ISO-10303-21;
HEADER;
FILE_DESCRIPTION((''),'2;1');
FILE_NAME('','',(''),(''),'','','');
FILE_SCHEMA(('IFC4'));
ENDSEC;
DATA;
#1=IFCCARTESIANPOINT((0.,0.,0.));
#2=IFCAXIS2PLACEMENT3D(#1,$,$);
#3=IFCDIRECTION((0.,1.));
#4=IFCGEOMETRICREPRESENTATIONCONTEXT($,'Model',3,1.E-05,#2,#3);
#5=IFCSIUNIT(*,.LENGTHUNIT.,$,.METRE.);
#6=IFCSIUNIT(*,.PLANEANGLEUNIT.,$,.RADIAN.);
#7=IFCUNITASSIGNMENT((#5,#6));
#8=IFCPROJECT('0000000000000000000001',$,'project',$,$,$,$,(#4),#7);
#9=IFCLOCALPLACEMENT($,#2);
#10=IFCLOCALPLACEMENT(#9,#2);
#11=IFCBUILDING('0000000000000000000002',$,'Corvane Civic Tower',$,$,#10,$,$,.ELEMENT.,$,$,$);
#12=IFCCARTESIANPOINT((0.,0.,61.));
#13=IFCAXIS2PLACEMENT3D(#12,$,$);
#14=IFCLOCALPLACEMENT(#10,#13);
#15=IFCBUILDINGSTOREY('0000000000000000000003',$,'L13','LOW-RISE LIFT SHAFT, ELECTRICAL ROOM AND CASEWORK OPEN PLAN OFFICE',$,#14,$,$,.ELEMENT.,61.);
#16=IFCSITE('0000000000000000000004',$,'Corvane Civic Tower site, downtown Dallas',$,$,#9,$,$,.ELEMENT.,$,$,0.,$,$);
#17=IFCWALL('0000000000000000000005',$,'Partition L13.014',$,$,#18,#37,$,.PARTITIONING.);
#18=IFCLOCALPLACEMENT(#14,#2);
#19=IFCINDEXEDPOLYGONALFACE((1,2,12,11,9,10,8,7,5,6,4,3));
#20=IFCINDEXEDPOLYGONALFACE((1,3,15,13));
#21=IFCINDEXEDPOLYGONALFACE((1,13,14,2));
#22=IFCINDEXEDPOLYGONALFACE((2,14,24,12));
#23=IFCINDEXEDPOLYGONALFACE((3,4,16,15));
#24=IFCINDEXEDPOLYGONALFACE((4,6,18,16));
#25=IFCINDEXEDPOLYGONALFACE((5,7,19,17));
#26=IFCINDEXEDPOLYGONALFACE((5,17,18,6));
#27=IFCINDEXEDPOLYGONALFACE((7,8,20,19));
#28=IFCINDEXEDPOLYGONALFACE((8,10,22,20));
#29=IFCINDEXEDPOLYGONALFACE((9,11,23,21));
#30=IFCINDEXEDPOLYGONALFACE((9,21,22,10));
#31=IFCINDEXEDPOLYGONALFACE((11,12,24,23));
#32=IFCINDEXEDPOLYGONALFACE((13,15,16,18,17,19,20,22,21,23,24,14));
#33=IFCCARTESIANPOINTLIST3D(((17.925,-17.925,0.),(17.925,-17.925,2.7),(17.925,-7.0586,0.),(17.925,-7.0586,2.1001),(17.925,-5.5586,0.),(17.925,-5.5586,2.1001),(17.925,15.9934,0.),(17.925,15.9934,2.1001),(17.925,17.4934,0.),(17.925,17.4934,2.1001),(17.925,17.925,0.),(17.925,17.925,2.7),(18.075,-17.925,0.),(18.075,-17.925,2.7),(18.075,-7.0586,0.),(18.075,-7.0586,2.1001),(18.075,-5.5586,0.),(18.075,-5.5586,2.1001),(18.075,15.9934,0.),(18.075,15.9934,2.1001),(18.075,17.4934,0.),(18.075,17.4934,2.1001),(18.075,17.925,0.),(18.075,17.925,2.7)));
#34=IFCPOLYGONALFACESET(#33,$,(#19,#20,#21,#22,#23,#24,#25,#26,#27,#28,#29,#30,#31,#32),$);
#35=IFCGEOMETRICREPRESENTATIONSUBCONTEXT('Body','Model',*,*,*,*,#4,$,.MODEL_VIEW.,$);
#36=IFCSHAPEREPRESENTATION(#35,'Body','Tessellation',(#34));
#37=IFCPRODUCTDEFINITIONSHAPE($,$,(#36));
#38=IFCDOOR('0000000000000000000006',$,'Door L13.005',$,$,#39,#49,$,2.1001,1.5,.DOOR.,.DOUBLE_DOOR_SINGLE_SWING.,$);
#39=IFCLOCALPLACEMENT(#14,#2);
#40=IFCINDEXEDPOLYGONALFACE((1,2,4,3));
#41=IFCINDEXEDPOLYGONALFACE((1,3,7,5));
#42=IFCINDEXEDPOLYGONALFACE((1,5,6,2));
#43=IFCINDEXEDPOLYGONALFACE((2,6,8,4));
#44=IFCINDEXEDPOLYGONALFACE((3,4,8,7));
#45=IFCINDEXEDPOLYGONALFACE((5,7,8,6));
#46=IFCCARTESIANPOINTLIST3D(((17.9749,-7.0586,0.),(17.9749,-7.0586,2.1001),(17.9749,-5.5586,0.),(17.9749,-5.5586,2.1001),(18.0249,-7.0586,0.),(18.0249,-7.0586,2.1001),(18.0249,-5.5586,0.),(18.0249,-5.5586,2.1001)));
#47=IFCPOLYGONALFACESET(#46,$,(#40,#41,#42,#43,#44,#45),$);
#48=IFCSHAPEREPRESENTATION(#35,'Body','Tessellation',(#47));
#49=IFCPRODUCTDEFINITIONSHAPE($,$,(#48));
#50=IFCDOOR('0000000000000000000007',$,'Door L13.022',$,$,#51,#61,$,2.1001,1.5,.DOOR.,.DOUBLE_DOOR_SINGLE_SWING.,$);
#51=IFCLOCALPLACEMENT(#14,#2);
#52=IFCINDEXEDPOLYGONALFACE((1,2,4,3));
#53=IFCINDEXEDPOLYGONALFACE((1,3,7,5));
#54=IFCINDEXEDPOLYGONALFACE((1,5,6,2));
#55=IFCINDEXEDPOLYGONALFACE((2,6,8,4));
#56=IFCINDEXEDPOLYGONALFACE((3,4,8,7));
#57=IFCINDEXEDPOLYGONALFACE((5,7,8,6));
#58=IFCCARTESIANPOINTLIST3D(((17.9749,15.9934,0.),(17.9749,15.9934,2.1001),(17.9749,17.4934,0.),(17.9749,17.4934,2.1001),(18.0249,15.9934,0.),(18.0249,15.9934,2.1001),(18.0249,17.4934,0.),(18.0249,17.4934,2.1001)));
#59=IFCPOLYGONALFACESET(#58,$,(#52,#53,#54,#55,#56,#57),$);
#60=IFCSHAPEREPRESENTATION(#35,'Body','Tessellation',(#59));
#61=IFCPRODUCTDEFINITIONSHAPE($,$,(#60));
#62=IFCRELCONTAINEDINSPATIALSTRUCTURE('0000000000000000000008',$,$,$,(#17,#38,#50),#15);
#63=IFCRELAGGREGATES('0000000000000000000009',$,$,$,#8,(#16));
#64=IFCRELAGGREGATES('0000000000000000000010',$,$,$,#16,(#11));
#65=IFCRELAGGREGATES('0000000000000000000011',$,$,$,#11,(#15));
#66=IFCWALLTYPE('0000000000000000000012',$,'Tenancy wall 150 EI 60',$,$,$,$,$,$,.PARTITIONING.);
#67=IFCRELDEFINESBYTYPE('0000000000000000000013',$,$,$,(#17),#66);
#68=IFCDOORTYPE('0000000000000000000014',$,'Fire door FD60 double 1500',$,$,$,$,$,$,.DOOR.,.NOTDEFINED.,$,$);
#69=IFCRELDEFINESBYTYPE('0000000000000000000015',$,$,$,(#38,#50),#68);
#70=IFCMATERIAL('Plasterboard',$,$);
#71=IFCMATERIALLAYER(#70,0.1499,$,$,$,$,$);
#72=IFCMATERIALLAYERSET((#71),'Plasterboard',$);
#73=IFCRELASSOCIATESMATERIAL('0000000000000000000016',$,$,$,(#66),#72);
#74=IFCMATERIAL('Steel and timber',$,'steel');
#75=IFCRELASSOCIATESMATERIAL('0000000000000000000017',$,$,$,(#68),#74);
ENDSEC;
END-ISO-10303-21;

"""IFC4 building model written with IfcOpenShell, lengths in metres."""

from ifc_helpers import new_model, si_unit, direction, frame, frame_2d, origin, place, context, subcontext, project, spatial, rectangle, extrude, material, layer, layer_set, type_object, element, fill, save


model = new_model("IFC4")

# Units and contexts
model_context = context("Model", 3, precision=1e-05, world=origin(), true_north=direction((0.0, 1.0)))
body_context = subcontext(model_context, "Body", "Model", "MODEL_VIEW")
ifc_project = project(units=[si_unit("LENGTHUNIT", "METRE"), si_unit("PLANEANGLEUNIT", "RADIAN")], contexts=[model_context])

# Site, building, storey
site_placement = place(None, origin())
site = spatial("IfcSite", under=ifc_project, at=site_placement, Name="Corvane Civic Tower site, downtown Dallas", CompositionType="ELEMENT", RefElevation=0.0)
building_placement = place(site_placement, origin())
building = spatial("IfcBuilding", under=site, at=building_placement, Name="Corvane Civic Tower", CompositionType="ELEMENT")
storey_placement = place(building_placement, frame((0.0, 0.0, 61.0)))
storey = spatial("IfcBuildingStorey", under=building, at=storey_placement, Name="L13", Description="LOW-RISE LIFT SHAFT, ELECTRICAL ROOM AND CASEWORK OPEN PLAN OFFICE", CompositionType="ELEMENT", Elevation=61.0)

# Wall, openings, doors
ifc_material_1 = material(Name="Plasterboard")
ifc_layer_1 = layer(ifc_material_1, 0.1499)
ifc_layer_set_1 = layer_set([ifc_layer_1], Name="Plasterboard")
wall_type_1 = type_object("IfcWallType", Name="Tenancy wall 150 EI 60", PredefinedType="PARTITIONING", material=ifc_layer_set_1)
wall_1_placement = place(storey_placement, frame((18.0, -17.925, 0.0), z_axis=(0.0, 0.0, 1.0), x_axis=(0.0, 1.0, 0.0)))
wall_1 = element("IfcWall", 1, at=wall_1_placement, inside=storey, type_object=wall_type_1, Name="Partition L13.014", PredefinedType="PARTITIONING", context=body_context, shape_type="SweptSolid", body=[
    extrude(rectangle(XDim=35.8501, YDim=0.1499, at=frame_2d((17.925, 0.0))), origin(), (0.0, 0.0, 1.0), 2.7),
])
opening_1_placement = place(wall_1_placement, frame((10.8665, 0.0, 0.0)))
opening_1 = element("IfcOpeningElement", 2, at=opening_1_placement, cuts=wall_1, PredefinedType="OPENING", context=body_context, shape_type="SweptSolid", body=[
    extrude(rectangle(XDim=1.5, YDim=2.1001, at=frame_2d((0.75, 1.05))), frame((0.0, 0.085, 0.0), z_axis=(0.0, -1.0, 0.0), x_axis=(1.0, 0.0, 0.0)), (0.0, 0.0, 1.0), 0.1699),
])
opening_2_placement = place(wall_1_placement, frame((33.9185, 0.0, 0.0)))
opening_2 = element("IfcOpeningElement", 3, at=opening_2_placement, cuts=wall_1, PredefinedType="OPENING", context=body_context, shape_type="SweptSolid", body=[
    extrude(rectangle(XDim=1.5, YDim=2.1001, at=frame_2d((0.75, 1.05))), frame((0.0, 0.085, 0.0), z_axis=(0.0, -1.0, 0.0), x_axis=(1.0, 0.0, 0.0)), (0.0, 0.0, 1.0), 0.1699),
])
ifc_material_2 = material(Name="Steel and timber", Category="steel")
door_type_1 = type_object("IfcDoorType", Name="Fire door FD60 double 1500", OperationType="NOTDEFINED", PredefinedType="DOOR", material=ifc_material_2)
door_1_placement = place(opening_1_placement, frame((1.5, 0.0, 0.0), z_axis=(0.0, 0.0, 1.0), x_axis=(-1.0, 0.0, 0.0)))
door_1 = element("IfcDoor", 4, at=door_1_placement, inside=storey, type_object=door_type_1, Name="Door L13.005", OperationType="DOUBLE_DOOR_SINGLE_SWING", OverallHeight=2.1001, OverallWidth=1.5, PredefinedType="DOOR", context=body_context, shape_type="SweptSolid", body=[
    extrude(rectangle(XDim=1.5, YDim=2.1001, at=frame_2d((0.75, 1.05))), frame((0.0, 0.0249, 0.0), z_axis=(0.0, -1.0, 0.0), x_axis=(1.0, 0.0, 0.0)), (0.0, 0.0, 1.0), 0.05),
])
fill(opening_1, door_1)
door_2_placement = place(opening_2_placement, frame((1.5, 0.0, 0.0), z_axis=(0.0, 0.0, 1.0), x_axis=(-1.0, 0.0, 0.0)))
door_2 = element("IfcDoor", 5, at=door_2_placement, inside=storey, type_object=door_type_1, Name="Door L13.022", OperationType="DOUBLE_DOOR_SINGLE_SWING", OverallHeight=2.1001, OverallWidth=1.5, PredefinedType="DOOR", context=body_context, shape_type="SweptSolid", body=[
    extrude(rectangle(XDim=1.5, YDim=2.1001, at=frame_2d((0.75, 1.05))), frame((0.0, 0.0249, 0.0), z_axis=(0.0, -1.0, 0.0), x_axis=(1.0, 0.0, 0.0)), (0.0, 0.0, 1.0), 0.05),
])
fill(opening_2, door_2)

save(model, "model.ifc")
